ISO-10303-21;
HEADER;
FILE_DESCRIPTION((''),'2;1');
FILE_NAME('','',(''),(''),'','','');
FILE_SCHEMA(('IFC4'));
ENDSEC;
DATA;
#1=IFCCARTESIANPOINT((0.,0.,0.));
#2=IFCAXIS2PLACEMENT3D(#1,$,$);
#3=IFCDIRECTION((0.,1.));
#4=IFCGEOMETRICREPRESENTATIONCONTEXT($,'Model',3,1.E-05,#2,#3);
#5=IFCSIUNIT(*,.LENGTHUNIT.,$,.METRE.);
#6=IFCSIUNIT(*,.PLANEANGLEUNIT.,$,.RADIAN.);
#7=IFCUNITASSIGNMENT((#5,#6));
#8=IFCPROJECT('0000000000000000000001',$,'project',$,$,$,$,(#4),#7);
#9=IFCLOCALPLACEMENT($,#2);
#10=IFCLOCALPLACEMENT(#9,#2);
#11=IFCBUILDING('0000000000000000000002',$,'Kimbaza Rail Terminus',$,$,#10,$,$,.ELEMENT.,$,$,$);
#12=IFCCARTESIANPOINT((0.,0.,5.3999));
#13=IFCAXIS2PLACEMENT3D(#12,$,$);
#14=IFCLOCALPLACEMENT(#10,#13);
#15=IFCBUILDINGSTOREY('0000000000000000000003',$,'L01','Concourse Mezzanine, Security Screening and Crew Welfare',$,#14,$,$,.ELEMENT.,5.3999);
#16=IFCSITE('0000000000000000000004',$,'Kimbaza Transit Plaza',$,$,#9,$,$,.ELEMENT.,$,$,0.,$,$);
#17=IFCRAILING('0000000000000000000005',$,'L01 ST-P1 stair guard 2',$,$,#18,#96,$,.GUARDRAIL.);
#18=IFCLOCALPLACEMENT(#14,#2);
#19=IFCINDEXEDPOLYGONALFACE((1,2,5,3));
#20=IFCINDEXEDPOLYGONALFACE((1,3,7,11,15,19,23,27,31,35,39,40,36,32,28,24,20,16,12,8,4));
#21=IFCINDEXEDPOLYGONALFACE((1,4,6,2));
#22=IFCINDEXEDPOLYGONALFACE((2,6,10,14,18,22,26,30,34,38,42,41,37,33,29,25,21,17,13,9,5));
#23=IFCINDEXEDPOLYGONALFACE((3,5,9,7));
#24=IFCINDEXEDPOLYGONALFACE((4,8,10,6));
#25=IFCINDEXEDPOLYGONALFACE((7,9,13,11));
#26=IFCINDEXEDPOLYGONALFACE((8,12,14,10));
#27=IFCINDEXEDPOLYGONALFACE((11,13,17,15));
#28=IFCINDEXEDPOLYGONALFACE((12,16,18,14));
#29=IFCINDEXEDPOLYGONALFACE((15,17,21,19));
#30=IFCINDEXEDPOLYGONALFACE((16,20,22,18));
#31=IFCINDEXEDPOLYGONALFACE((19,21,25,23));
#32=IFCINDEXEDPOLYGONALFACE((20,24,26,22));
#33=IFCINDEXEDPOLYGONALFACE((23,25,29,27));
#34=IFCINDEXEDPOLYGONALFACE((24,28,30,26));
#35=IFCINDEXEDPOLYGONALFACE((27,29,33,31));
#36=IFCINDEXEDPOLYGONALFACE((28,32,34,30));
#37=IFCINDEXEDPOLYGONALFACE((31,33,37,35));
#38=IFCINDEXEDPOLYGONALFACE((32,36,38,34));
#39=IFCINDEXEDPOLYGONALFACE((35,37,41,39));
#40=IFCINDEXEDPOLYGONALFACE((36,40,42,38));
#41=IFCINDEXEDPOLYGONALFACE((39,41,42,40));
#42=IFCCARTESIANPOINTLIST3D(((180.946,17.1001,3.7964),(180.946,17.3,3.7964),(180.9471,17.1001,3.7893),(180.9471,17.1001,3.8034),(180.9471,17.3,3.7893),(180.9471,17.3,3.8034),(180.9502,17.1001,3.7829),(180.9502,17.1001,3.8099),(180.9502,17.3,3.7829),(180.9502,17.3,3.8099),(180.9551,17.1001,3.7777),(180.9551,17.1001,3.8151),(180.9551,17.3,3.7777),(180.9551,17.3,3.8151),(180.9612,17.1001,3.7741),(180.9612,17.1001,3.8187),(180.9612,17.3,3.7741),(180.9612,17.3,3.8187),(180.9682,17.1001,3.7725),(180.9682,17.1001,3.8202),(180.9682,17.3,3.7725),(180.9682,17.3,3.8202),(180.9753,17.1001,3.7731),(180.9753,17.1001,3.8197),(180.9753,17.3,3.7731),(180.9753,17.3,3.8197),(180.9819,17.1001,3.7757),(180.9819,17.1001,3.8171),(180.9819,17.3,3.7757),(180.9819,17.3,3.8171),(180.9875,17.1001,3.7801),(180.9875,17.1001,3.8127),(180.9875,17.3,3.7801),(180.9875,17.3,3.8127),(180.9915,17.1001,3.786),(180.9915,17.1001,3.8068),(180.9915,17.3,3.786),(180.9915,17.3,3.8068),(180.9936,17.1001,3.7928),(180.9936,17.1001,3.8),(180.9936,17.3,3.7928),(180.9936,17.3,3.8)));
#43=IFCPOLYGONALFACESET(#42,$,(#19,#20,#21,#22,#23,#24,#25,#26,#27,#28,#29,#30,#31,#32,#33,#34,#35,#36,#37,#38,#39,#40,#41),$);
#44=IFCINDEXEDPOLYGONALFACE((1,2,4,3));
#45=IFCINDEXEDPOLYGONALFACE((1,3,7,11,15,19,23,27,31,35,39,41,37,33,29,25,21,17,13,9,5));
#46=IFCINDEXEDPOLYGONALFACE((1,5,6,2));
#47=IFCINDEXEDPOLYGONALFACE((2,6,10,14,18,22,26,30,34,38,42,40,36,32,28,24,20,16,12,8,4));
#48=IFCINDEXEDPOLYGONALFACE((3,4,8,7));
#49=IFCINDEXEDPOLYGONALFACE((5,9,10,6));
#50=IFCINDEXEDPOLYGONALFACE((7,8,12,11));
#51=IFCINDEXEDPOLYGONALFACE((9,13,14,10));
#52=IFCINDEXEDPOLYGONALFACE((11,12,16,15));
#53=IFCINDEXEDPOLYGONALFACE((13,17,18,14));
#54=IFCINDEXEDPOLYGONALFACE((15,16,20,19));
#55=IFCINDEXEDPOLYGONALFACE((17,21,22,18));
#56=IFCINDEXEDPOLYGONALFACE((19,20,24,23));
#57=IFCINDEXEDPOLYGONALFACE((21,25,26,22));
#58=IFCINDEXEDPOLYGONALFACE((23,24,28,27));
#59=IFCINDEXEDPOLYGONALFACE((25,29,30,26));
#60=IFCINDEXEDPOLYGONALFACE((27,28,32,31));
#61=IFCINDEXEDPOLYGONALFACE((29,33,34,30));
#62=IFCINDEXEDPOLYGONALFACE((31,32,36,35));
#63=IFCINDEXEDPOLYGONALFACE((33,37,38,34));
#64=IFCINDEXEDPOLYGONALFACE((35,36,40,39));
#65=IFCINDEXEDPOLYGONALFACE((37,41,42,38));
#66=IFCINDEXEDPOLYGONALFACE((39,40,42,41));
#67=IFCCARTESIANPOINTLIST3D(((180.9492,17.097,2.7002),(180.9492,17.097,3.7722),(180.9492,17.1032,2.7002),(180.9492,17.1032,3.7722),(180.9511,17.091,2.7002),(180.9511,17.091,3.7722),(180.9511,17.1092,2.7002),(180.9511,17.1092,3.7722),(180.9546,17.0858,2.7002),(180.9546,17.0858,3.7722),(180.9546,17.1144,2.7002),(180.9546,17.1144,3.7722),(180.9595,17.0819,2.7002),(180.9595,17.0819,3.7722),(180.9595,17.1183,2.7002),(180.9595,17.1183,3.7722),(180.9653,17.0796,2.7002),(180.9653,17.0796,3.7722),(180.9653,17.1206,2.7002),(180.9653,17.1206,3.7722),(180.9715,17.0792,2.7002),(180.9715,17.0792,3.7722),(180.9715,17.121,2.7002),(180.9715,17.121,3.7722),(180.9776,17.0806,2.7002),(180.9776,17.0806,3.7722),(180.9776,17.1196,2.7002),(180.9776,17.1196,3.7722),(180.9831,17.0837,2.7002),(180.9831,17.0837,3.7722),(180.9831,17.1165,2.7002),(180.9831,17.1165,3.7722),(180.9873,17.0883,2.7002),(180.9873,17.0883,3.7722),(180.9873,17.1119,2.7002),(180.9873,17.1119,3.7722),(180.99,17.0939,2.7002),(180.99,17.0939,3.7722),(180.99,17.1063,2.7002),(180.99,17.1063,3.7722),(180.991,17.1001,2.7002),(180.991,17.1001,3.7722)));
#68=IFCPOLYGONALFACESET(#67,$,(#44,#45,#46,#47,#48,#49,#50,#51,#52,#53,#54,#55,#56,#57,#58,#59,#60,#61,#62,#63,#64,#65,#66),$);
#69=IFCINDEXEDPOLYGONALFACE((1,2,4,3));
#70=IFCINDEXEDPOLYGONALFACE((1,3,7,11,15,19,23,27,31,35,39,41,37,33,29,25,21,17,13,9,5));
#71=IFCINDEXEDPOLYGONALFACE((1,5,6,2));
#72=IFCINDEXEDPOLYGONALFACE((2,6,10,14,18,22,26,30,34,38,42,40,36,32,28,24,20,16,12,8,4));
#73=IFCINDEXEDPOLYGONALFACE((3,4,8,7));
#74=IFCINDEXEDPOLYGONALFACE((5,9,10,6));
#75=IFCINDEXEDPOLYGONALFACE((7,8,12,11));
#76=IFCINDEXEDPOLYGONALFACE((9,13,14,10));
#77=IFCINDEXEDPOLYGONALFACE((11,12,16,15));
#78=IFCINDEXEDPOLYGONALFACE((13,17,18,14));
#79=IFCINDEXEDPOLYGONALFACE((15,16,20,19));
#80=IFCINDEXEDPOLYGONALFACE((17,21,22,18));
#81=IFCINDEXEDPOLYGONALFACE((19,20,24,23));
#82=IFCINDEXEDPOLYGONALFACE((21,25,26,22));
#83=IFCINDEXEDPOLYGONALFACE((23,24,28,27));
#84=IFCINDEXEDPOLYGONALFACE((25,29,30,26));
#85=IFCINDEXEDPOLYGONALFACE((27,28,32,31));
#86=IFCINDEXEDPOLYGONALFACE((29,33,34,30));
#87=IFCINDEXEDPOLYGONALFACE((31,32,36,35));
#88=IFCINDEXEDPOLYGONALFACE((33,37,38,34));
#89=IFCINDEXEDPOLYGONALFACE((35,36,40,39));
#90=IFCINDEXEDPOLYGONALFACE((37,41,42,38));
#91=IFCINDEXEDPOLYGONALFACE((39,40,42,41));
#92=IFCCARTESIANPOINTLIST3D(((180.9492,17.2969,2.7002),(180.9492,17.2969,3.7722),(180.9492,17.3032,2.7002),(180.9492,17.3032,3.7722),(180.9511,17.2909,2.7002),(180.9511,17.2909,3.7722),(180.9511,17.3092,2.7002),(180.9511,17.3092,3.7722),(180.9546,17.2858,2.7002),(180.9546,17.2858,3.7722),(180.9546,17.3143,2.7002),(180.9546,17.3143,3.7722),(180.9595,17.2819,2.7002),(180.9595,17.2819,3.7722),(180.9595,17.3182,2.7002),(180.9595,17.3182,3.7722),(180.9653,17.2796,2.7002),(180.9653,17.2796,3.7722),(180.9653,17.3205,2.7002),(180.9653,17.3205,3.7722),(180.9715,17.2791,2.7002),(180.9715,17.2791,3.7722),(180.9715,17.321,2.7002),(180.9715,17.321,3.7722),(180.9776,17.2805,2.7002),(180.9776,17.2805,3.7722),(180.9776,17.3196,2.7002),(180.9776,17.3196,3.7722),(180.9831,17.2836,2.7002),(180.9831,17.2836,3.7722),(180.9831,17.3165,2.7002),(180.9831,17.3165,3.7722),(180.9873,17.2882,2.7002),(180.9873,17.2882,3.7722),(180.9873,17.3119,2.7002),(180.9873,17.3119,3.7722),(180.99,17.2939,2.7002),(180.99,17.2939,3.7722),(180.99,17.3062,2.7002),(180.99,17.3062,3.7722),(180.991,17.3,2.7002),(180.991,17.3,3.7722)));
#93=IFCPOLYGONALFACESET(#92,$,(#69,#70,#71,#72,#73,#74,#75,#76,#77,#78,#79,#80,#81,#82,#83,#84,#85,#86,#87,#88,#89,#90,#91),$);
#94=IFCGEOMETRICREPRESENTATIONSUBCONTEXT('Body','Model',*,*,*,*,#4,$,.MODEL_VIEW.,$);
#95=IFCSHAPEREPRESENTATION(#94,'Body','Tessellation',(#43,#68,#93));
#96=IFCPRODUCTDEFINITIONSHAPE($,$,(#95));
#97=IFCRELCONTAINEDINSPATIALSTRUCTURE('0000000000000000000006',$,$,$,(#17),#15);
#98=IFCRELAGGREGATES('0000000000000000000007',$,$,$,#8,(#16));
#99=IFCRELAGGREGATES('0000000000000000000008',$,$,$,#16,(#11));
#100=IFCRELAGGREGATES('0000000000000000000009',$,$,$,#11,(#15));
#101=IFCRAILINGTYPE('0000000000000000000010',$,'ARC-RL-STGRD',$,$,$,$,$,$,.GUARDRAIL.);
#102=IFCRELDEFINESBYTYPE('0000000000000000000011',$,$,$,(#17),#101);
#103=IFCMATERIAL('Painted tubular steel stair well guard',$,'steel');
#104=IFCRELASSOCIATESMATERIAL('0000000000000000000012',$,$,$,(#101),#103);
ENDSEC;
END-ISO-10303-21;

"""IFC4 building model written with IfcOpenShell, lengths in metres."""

from ifc_helpers import new_model, si_unit, direction, frame, origin, origin_2d, place, context, subcontext, project, spatial, circle, extrude, material, type_object, element, save


model = new_model("IFC4")

# Units and contexts
model_context = context("Model", 3, precision=1e-05, world=origin(), true_north=direction((0.0, 1.0)))
body_context = subcontext(model_context, "Body", "Model", "MODEL_VIEW")
ifc_project = project(units=[si_unit("LENGTHUNIT", "METRE"), si_unit("PLANEANGLEUNIT", "RADIAN")], contexts=[model_context])

# Site, building, storey
site_placement = place(None, origin())
site = spatial("IfcSite", under=ifc_project, at=site_placement, Name="Kimbaza Transit Plaza", CompositionType="ELEMENT", RefElevation=0.0)
building_placement = place(site_placement, origin())
building = spatial("IfcBuilding", under=site, at=building_placement, Name="Kimbaza Rail Terminus", CompositionType="ELEMENT")
storey_placement = place(building_placement, frame((0.0, 0.0, 5.3999)))
storey = spatial("IfcBuildingStorey", under=building, at=storey_placement, Name="L01", Description="Concourse Mezzanine, Security Screening and Crew Welfare", CompositionType="ELEMENT", Elevation=5.3999)

# Railing
ifc_material_1 = material(Name="Painted tubular steel stair well guard", Category="steel")
railing_type_1 = type_object("IfcRailingType", Name="ARC-RL-STGRD", PredefinedType="GUARDRAIL", material=ifc_material_1)
railing_1_placement = place(storey_placement, frame((180.97, 17.1001, 2.7002)))
element("IfcRailing", 1, at=railing_1_placement, inside=storey, type_object=railing_type_1, Name="L01 ST-P1 stair guard 2", PredefinedType="GUARDRAIL", context=body_context, shape_type="SweptSolid", body=[
    extrude(circle(Radius=0.0239, at=origin_2d()), frame((0.0, 0.0, 1.0962), z_axis=(0.0, 1.0, 0.0), x_axis=(-1.0, 0.0, 0.0)), (0.0, 0.0, 1.0), 0.2),
    extrude(circle(Radius=0.021, at=origin_2d()), origin(), (0.0, 0.0, 1.0), 1.072),
    extrude(circle(Radius=0.021, at=origin_2d()), frame((0.0, 0.2, 0.0)), (0.0, 0.0, 1.0), 1.072),
])

save(model, "model.ifc")
